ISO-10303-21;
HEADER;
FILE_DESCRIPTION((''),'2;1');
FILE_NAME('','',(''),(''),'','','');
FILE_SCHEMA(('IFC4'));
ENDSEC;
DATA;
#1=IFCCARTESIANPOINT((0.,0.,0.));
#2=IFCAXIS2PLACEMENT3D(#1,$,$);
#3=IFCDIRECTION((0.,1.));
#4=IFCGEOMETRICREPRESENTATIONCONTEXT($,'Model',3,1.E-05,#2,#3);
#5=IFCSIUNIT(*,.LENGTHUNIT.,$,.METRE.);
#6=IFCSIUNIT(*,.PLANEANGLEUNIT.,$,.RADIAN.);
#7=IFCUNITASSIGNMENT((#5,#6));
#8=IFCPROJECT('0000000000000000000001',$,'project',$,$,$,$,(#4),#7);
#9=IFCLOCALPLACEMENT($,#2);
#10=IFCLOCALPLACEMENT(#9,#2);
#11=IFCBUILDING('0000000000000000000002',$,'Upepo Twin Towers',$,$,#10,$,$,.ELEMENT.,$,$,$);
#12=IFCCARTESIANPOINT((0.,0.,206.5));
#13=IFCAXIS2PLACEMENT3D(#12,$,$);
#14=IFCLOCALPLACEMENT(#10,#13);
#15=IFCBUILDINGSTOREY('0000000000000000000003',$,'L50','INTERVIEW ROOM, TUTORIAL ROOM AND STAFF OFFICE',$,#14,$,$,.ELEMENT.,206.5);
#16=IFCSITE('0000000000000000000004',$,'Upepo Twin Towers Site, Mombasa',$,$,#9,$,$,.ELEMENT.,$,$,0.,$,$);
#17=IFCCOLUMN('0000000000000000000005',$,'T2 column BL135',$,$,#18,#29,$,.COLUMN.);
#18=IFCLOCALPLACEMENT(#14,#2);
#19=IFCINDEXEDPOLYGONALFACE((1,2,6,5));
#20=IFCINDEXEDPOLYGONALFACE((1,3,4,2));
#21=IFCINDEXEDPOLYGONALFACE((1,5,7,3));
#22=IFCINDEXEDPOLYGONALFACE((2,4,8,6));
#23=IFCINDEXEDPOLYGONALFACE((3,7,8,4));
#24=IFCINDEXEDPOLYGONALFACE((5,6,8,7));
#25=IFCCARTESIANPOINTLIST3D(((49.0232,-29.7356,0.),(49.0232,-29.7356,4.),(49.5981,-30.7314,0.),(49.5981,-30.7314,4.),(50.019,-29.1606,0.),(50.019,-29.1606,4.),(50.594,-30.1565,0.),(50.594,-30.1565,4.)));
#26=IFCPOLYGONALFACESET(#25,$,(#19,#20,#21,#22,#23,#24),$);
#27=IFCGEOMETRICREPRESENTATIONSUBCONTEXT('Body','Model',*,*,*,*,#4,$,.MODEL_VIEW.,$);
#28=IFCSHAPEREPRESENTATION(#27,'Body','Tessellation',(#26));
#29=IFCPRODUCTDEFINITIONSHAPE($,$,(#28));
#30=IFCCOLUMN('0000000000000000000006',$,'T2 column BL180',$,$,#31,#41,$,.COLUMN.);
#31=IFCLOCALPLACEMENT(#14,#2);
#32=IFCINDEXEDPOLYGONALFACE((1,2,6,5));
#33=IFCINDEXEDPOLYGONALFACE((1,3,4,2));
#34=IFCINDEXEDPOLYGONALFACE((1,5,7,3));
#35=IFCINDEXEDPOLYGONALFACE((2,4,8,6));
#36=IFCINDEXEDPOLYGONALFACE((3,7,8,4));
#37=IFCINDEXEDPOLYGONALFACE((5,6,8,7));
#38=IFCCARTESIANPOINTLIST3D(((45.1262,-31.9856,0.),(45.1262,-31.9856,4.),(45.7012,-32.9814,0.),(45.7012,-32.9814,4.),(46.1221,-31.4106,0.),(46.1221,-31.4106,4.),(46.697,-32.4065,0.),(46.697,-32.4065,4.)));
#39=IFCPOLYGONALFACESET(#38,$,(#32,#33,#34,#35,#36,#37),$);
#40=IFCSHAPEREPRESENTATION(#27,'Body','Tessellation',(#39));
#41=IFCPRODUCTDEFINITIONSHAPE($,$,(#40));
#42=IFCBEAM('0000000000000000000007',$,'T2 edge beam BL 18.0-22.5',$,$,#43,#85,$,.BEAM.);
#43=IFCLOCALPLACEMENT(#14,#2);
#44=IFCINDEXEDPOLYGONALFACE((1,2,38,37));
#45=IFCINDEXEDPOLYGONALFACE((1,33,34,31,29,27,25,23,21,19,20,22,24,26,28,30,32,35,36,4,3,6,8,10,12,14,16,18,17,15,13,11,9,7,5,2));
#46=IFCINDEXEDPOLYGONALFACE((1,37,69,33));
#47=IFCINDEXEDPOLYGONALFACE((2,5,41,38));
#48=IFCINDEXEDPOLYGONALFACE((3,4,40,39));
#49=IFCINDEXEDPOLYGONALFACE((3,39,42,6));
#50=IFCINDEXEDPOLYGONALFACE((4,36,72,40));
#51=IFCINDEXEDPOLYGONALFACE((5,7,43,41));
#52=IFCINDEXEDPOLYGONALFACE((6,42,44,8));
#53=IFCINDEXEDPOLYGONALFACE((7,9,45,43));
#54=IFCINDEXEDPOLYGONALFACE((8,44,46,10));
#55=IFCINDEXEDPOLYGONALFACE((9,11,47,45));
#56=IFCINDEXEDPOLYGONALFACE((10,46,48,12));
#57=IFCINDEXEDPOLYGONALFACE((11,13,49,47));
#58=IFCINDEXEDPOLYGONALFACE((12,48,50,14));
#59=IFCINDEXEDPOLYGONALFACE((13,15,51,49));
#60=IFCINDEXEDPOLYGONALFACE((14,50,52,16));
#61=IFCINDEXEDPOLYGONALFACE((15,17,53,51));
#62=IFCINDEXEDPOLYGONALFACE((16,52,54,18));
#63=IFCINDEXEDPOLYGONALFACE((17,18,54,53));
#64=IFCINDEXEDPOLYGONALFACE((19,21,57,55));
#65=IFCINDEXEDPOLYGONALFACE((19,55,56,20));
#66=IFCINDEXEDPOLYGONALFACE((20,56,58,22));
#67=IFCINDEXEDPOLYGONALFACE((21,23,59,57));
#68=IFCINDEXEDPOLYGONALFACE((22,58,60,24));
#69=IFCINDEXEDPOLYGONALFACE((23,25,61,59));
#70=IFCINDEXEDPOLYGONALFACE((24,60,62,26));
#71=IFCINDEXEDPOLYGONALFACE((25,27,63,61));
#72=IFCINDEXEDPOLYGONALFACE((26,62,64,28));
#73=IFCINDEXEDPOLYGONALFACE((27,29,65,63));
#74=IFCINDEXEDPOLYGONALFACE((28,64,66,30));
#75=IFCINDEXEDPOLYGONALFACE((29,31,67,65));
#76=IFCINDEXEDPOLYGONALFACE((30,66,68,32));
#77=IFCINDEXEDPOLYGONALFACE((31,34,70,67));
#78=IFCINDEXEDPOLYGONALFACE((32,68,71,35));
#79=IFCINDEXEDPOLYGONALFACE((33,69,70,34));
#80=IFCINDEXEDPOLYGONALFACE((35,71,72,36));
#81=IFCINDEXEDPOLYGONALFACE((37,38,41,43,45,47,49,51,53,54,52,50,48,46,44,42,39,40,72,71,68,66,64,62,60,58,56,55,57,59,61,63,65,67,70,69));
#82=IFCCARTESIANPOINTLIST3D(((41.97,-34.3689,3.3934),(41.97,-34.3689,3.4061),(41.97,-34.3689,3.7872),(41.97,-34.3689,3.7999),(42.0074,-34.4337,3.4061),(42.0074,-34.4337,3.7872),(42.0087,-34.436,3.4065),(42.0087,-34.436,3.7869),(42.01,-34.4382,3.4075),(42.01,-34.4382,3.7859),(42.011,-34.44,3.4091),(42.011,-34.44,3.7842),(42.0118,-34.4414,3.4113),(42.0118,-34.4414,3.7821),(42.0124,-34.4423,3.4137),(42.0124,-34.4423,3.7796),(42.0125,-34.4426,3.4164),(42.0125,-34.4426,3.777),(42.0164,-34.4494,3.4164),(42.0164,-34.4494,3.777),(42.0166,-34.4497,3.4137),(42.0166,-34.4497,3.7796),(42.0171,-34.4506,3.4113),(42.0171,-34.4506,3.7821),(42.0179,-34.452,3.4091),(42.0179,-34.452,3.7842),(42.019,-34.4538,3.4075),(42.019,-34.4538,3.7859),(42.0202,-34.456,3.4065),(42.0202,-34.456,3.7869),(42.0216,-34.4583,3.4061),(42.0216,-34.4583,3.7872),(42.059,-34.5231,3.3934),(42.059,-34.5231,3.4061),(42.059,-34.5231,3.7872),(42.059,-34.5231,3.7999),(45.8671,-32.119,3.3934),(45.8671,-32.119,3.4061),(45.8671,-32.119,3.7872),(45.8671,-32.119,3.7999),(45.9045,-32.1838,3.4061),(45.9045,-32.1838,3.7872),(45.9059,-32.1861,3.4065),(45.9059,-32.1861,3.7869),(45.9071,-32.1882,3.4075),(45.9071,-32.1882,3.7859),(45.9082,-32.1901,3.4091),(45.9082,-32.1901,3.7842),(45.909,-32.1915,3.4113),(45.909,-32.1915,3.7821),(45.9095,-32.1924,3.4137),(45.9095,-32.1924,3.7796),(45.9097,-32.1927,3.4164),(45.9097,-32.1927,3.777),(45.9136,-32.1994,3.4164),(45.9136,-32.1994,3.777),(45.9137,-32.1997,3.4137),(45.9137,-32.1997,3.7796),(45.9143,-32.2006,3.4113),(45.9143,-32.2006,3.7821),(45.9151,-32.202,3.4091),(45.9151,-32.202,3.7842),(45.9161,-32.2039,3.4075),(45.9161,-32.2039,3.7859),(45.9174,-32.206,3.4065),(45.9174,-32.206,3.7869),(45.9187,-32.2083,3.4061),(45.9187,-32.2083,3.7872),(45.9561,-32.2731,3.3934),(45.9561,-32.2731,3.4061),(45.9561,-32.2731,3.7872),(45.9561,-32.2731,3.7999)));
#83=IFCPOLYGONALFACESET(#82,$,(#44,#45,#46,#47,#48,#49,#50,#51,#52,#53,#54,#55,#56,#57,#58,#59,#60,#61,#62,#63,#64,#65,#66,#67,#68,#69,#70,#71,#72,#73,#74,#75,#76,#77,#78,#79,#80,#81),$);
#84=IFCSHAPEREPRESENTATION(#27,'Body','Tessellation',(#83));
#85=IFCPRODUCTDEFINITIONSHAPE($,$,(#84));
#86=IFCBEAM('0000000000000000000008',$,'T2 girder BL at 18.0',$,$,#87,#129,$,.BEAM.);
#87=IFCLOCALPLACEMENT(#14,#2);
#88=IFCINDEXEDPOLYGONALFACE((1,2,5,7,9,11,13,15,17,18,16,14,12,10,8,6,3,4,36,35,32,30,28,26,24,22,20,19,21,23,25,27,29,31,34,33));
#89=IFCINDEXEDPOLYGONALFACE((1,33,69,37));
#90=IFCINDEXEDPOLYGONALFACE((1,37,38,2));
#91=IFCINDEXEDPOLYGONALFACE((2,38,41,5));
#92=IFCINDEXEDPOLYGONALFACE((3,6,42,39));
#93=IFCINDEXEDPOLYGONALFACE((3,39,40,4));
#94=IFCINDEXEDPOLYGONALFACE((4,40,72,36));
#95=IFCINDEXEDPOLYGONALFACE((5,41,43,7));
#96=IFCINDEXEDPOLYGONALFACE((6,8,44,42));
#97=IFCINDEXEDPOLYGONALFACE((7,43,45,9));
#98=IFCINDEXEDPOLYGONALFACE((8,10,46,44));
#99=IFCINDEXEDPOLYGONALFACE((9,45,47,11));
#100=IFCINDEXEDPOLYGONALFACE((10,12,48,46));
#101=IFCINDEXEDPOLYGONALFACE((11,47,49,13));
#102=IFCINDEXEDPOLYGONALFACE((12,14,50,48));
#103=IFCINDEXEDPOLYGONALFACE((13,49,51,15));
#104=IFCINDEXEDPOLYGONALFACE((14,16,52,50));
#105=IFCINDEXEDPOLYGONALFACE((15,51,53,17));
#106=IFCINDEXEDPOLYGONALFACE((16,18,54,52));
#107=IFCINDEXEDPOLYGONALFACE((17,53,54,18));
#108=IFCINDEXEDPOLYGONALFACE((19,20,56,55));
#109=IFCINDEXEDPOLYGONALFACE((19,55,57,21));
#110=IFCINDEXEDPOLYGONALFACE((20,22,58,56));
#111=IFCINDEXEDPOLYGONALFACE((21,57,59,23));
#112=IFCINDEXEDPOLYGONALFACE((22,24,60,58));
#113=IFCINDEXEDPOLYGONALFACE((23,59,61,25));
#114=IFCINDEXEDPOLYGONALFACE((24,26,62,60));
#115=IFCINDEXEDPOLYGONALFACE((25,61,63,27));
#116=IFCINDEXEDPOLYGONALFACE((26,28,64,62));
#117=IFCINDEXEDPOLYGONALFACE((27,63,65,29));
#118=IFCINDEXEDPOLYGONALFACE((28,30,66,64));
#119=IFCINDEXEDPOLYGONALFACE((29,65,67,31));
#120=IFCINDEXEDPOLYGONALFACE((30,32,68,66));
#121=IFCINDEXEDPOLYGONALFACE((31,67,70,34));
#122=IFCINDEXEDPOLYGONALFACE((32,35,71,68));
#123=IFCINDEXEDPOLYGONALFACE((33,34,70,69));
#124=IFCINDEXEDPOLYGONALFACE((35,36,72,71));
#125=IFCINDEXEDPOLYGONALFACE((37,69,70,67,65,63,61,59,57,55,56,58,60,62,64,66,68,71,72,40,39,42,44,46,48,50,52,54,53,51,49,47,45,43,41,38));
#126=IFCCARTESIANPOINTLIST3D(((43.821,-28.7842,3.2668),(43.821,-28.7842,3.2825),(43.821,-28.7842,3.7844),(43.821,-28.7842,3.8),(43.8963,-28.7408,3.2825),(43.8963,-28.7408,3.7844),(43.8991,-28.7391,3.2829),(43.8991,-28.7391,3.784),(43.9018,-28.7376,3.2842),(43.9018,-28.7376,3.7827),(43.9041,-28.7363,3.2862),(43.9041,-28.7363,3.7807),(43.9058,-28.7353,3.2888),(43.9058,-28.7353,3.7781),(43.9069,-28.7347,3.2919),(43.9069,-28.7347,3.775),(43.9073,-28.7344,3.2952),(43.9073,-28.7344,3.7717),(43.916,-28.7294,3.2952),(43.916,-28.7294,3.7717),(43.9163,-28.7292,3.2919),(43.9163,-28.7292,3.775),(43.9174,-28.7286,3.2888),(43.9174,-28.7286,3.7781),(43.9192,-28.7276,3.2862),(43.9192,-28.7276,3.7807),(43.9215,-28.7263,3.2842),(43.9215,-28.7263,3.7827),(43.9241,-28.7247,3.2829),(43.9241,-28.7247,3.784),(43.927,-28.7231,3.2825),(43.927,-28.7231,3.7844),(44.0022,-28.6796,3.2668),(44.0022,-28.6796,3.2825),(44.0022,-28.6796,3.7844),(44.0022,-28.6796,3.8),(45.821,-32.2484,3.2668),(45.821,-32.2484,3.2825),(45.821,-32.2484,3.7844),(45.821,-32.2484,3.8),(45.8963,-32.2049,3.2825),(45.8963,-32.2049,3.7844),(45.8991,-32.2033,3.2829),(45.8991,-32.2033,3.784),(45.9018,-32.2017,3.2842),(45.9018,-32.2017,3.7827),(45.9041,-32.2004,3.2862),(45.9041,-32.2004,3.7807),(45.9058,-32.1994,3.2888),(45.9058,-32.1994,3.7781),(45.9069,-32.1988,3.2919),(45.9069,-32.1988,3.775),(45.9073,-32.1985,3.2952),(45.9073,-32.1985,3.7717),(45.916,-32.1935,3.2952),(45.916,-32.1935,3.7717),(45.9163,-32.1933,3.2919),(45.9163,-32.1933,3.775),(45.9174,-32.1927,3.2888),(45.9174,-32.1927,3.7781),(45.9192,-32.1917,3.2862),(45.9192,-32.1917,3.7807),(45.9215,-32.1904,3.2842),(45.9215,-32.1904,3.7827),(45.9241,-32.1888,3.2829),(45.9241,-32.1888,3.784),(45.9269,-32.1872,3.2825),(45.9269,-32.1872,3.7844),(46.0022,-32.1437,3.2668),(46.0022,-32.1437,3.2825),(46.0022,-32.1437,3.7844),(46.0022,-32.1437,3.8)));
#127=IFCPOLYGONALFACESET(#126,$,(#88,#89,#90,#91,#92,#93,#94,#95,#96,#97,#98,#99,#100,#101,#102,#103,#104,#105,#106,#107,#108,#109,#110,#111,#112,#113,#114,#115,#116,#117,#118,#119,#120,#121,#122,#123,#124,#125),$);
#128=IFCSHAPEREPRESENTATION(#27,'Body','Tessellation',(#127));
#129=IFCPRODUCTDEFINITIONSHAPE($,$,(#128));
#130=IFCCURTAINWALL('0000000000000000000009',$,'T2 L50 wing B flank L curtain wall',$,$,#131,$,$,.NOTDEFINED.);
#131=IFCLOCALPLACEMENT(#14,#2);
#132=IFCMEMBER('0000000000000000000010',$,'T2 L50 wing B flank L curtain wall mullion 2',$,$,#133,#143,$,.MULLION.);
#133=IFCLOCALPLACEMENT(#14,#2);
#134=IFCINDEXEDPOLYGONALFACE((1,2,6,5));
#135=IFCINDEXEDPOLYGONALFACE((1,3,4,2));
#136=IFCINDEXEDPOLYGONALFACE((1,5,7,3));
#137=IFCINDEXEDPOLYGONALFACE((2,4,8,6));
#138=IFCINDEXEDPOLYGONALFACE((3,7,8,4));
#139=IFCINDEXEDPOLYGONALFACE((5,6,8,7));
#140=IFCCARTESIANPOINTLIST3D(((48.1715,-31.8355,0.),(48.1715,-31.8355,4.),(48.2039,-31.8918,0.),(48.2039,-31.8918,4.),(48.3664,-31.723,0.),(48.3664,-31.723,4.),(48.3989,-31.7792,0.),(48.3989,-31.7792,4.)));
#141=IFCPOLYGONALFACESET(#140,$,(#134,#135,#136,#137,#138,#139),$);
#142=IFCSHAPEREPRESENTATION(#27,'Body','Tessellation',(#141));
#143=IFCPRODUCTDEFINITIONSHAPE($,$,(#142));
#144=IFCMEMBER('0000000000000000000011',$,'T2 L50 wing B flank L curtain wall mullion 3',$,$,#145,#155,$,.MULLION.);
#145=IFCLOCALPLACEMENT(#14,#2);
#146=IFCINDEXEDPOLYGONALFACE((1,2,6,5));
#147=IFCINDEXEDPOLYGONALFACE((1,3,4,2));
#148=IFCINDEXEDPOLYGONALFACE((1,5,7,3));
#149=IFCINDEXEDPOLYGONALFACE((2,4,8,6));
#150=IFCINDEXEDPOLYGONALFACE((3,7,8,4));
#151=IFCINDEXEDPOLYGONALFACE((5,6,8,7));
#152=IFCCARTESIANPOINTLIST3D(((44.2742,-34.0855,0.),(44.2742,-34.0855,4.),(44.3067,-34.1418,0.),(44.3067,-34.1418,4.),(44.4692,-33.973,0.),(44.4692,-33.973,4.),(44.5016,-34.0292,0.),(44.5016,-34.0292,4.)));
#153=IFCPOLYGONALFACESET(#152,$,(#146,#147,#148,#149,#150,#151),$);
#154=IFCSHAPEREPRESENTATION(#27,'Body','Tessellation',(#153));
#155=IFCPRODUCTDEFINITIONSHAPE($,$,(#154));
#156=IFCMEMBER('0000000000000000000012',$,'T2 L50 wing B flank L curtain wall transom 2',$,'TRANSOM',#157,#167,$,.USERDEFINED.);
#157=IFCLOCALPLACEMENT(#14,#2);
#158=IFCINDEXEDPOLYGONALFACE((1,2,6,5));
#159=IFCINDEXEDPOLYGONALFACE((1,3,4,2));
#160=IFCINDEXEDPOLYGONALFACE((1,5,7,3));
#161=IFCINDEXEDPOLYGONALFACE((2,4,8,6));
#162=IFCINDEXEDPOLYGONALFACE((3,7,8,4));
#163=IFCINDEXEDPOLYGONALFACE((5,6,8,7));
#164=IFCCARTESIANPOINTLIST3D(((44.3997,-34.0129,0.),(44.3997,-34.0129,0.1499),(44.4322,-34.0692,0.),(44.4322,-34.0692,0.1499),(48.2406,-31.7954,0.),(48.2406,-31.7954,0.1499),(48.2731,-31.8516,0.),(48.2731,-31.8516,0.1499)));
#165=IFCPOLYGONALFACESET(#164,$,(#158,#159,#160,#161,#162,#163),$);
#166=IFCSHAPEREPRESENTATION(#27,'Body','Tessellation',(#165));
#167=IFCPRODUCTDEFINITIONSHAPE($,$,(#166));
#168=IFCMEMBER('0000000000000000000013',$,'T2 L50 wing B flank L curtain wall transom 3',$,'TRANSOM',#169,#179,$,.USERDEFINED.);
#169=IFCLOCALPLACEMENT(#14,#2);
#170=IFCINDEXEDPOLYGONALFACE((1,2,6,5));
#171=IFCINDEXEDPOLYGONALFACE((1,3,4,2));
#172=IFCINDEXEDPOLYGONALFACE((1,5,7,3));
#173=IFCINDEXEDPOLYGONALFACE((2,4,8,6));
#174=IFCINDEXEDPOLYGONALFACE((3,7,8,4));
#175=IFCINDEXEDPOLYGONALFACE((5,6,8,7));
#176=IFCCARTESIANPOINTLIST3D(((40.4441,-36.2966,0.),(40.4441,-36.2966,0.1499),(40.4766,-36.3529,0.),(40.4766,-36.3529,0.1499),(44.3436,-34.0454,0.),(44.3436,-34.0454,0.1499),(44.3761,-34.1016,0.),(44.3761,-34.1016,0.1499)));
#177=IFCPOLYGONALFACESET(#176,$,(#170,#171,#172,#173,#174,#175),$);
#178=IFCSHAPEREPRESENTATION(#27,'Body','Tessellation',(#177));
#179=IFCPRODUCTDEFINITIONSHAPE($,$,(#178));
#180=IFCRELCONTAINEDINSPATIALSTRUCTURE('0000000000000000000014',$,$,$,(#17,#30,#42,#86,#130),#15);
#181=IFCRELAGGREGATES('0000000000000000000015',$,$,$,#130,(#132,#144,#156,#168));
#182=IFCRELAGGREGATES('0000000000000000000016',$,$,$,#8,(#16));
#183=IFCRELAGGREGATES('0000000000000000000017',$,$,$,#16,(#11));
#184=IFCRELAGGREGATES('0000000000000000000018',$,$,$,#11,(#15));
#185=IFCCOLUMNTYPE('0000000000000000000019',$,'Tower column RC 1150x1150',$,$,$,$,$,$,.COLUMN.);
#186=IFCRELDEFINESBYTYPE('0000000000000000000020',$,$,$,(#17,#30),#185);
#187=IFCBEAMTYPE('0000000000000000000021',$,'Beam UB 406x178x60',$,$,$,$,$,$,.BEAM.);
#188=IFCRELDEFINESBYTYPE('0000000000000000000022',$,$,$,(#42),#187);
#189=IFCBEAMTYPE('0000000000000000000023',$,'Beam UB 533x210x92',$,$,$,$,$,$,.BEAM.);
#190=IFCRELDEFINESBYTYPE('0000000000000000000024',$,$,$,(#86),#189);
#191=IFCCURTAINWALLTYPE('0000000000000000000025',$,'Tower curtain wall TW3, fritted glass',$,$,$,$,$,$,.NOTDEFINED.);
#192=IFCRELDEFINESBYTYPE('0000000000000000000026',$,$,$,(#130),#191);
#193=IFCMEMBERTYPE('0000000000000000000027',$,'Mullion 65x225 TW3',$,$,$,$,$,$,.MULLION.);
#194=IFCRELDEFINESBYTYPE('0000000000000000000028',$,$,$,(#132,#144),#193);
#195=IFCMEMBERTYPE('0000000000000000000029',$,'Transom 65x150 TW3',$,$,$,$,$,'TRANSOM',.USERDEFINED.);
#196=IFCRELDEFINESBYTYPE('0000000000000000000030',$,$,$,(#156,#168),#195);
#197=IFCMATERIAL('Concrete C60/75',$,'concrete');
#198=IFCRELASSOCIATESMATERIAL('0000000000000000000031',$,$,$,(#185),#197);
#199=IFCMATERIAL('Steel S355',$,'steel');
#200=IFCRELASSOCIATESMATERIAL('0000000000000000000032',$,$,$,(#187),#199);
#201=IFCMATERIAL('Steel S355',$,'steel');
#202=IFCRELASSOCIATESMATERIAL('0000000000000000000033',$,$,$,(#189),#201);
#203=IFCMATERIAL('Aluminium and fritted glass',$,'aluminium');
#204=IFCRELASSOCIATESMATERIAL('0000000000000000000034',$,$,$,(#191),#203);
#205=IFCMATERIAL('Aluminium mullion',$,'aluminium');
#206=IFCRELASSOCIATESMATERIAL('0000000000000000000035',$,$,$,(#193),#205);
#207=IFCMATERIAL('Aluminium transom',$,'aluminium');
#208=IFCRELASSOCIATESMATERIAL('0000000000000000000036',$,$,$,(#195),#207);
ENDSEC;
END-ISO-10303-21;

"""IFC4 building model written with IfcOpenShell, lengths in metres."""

from ifc_helpers import new_model, si_unit, direction, frame, origin, origin_2d, place, context, subcontext, project, spatial, rectangle, i_section, extrude, material, material_profile, profile_set, type_object, element, aggregate, save


model = new_model("IFC4")

# Units and contexts
model_context = context("Model", 3, precision=1e-05, world=origin(), true_north=direction((0.0, 1.0)))
body_context = subcontext(model_context, "Body", "Model", "MODEL_VIEW")
ifc_project = project(units=[si_unit("LENGTHUNIT", "METRE"), si_unit("PLANEANGLEUNIT", "RADIAN")], contexts=[model_context])

# Site, building, storey
site_placement = place(None, origin())
site = spatial("IfcSite", under=ifc_project, at=site_placement, Name="Upepo Twin Towers Site, Mombasa", CompositionType="ELEMENT", RefElevation=0.0)
building_placement = place(site_placement, origin())
building = spatial("IfcBuilding", under=site, at=building_placement, Name="Upepo Twin Towers", CompositionType="ELEMENT")
storey_placement = place(building_placement, frame((0.0, 0.0, 206.5)))
storey = spatial("IfcBuildingStorey", under=building, at=storey_placement, Name="L50", Description="INTERVIEW ROOM, TUTORIAL ROOM AND STAFF OFFICE", CompositionType="ELEMENT", Elevation=206.5)

# Columns
ifc_material_1 = material(Name="Concrete C60/75", Category="concrete")
ifc_material_profile_1 = material_profile(ifc_material_1, rectangle(XDim=1.1499, YDim=1.1499, at=origin_2d()), Name="RC 1150x1150")
ifc_profile_set_1 = profile_set([ifc_material_profile_1], Name="Concrete C60/75")
column_type = type_object("IfcColumnType", Name="Tower column RC 1150x1150", PredefinedType="COLUMN", material=ifc_profile_set_1)
for number, where, z_axis, x_axis, name in (
    (1, (49.8086, -29.946, 0.0), (0.0, 0.0, 1.0), (0.866025, 0.5, 0.0), "T2 column BL135"),
    (2, (45.9116, -32.196, 0.0), (0.0, 0.0, 1.0), (0.866025, 0.5, 0.0), "T2 column BL180"),
):
    element("IfcColumn", number, at=place(storey_placement, frame(where, z_axis=z_axis, x_axis=x_axis)), inside=storey, type_object=column_type, Name=name, PredefinedType="COLUMN", context=body_context, shape_type="SweptSolid", body=[
        extrude(rectangle(XDim=1.1499, YDim=1.1499, at=origin_2d()), origin(), (0.0, 0.0, 1.0), 4.0),
    ])

# Beams
ifc_material_2 = material(Name="Steel S355", Category="steel")
ifc_material_profile_2 = material_profile(ifc_material_2, i_section(OverallWidth=0.178, OverallDepth=0.4065, WebThickness=0.0078, FlangeThickness=0.0127, FilletRadius=0.0103, at=origin_2d()), Name="UB 406x178x60")
ifc_profile_set_2 = profile_set([ifc_material_profile_2], Name="Steel S355")
beam_type_1 = type_object("IfcBeamType", Name="Beam UB 406x178x60", PredefinedType="BEAM", material=ifc_profile_set_2)
beam_1_placement = place(storey_placement, frame((45.9116, -32.196, 3.5967), z_axis=(-0.866031, -0.49999, 0.0), x_axis=(0.49999, -0.866031, 0.0)))
element("IfcBeam", 3, at=beam_1_placement, inside=storey, type_object=beam_type_1, Name="T2 edge beam BL 18.0-22.5", PredefinedType="BEAM", context=body_context, shape_type="SweptSolid", body=[
    extrude(i_section(OverallWidth=0.178, OverallDepth=0.4065, WebThickness=0.0078, FlangeThickness=0.0127, FilletRadius=0.0103, at=origin_2d()), origin(), (0.0, 0.0, 1.0), 4.5),
])
ifc_material_3 = material(Name="Steel S355", Category="steel")
ifc_material_profile_3 = material_profile(ifc_material_3, i_section(OverallWidth=0.2092, OverallDepth=0.5332, WebThickness=0.01, FlangeThickness=0.0156, FilletRadius=0.0127, at=origin_2d()), Name="UB 533x210x92")
ifc_profile_set_3 = profile_set([ifc_material_profile_3], Name="Steel S355")
beam_type_2 = type_object("IfcBeamType", Name="Beam UB 533x210x92", PredefinedType="BEAM", material=ifc_profile_set_3)
beam_2_placement = place(storey_placement, frame((45.9116, -32.196, 3.5334), z_axis=(-0.499999, 0.866026, 0.0), x_axis=(-0.866026, -0.499999, 0.0)))
element("IfcBeam", 4, at=beam_2_placement, inside=storey, type_object=beam_type_2, Name="T2 girder BL at 18.0", PredefinedType="BEAM", context=body_context, shape_type="SweptSolid", body=[
    extrude(i_section(OverallWidth=0.2092, OverallDepth=0.5332, WebThickness=0.01, FlangeThickness=0.0156, FilletRadius=0.0127, at=origin_2d()), origin(), (0.0, 0.0, 1.0), 4.0),
])

# Curtain wall, members
ifc_material_4 = material(Name="Aluminium and fritted glass", Category="aluminium")
curtain_wall_type = type_object("IfcCurtainWallType", Name="Tower curtain wall TW3, fritted glass", PredefinedType="NOTDEFINED", material=ifc_material_4)
curtain_wall_placement = place(storey_placement, origin())
curtain_wall = element("IfcCurtainWall", 5, at=curtain_wall_placement, inside=storey, type_object=curtain_wall_type, Name="T2 L50 wing B flank L curtain wall", PredefinedType="NOTDEFINED")
ifc_material_5 = material(Name="Aluminium mullion", Category="aluminium")
ifc_material_profile_4 = material_profile(ifc_material_5, rectangle(XDim=0.0649, YDim=0.2251, at=origin_2d()), Name="MULLION 65x225")
ifc_profile_set_4 = profile_set([ifc_material_profile_4], Name="Aluminium mullion")
member_type_1 = type_object("IfcMemberType", Name="Mullion 65x225 TW3", PredefinedType="MULLION", material=ifc_profile_set_4)
member_1_placement = place(storey_placement, frame((48.2852, -31.8074, 0.0), z_axis=(0.0, 0.0, 1.0), x_axis=(0.5, -0.866025, 0.0)))
member_1 = element("IfcMember", 6, at=member_1_placement, type_object=member_type_1, Name="T2 L50 wing B flank L curtain wall mullion 2", PredefinedType="MULLION", context=body_context, shape_type="SweptSolid", body=[
    extrude(rectangle(XDim=0.0649, YDim=0.2251, at=origin_2d()), origin(), (0.0, 0.0, 1.0), 4.0),
])
member_2_placement = place(storey_placement, frame((44.3879, -34.0574, 0.0), z_axis=(0.0, 0.0, 1.0), x_axis=(0.5, -0.866025, 0.0)))
member_2 = element("IfcMember", 7, at=member_2_placement, type_object=member_type_1, Name="T2 L50 wing B flank L curtain wall mullion 3", PredefinedType="MULLION", context=body_context, shape_type="SweptSolid", body=[
    extrude(rectangle(XDim=0.0649, YDim=0.2251, at=origin_2d()), origin(), (0.0, 0.0, 1.0), 4.0),
])
ifc_material_6 = material(Name="Aluminium transom", Category="aluminium")
ifc_material_profile_5 = material_profile(ifc_material_6, rectangle(XDim=0.0649, YDim=0.1499, at=origin_2d()), Name="TRANSOM 65x150")
ifc_profile_set_5 = profile_set([ifc_material_profile_5], Name="Aluminium transom")
member_type_2 = type_object("IfcMemberType", Name="Transom 65x150 TW3", ElementType="TRANSOM", PredefinedType="USERDEFINED", material=ifc_profile_set_5)
member_3_placement = place(storey_placement, frame((48.2568, -31.8235, 0.075), z_axis=(-0.866022, -0.500005, 0.0), x_axis=(0.500005, -0.866022, 0.0)))
member_3 = element("IfcMember", 8, at=member_3_placement, type_object=member_type_2, Name="T2 L50 wing B flank L curtain wall transom 2", ObjectType="TRANSOM", PredefinedType="USERDEFINED", context=body_context, shape_type="SweptSolid", body=[
    extrude(rectangle(XDim=0.0649, YDim=0.1499, at=origin_2d()), origin(), (0.0, 0.0, 1.0), 4.4351),
])
member_4_placement = place(storey_placement, frame((44.3599, -34.0735, 0.075), z_axis=(-0.866036, -0.499982, 0.0), x_axis=(0.499982, -0.866036, 0.0)))
member_4 = element("IfcMember", 9, at=member_4_placement, type_object=member_type_2, Name="T2 L50 wing B flank L curtain wall transom 3", ObjectType="TRANSOM", PredefinedType="USERDEFINED", context=body_context, shape_type="SweptSolid", body=[
    extrude(rectangle(XDim=0.0649, YDim=0.1499, at=origin_2d()), origin(), (0.0, 0.0, 1.0), 4.5027),
])
aggregate(curtain_wall, [member_1, member_2, member_3, member_4])

save(model, "model.ifc")
